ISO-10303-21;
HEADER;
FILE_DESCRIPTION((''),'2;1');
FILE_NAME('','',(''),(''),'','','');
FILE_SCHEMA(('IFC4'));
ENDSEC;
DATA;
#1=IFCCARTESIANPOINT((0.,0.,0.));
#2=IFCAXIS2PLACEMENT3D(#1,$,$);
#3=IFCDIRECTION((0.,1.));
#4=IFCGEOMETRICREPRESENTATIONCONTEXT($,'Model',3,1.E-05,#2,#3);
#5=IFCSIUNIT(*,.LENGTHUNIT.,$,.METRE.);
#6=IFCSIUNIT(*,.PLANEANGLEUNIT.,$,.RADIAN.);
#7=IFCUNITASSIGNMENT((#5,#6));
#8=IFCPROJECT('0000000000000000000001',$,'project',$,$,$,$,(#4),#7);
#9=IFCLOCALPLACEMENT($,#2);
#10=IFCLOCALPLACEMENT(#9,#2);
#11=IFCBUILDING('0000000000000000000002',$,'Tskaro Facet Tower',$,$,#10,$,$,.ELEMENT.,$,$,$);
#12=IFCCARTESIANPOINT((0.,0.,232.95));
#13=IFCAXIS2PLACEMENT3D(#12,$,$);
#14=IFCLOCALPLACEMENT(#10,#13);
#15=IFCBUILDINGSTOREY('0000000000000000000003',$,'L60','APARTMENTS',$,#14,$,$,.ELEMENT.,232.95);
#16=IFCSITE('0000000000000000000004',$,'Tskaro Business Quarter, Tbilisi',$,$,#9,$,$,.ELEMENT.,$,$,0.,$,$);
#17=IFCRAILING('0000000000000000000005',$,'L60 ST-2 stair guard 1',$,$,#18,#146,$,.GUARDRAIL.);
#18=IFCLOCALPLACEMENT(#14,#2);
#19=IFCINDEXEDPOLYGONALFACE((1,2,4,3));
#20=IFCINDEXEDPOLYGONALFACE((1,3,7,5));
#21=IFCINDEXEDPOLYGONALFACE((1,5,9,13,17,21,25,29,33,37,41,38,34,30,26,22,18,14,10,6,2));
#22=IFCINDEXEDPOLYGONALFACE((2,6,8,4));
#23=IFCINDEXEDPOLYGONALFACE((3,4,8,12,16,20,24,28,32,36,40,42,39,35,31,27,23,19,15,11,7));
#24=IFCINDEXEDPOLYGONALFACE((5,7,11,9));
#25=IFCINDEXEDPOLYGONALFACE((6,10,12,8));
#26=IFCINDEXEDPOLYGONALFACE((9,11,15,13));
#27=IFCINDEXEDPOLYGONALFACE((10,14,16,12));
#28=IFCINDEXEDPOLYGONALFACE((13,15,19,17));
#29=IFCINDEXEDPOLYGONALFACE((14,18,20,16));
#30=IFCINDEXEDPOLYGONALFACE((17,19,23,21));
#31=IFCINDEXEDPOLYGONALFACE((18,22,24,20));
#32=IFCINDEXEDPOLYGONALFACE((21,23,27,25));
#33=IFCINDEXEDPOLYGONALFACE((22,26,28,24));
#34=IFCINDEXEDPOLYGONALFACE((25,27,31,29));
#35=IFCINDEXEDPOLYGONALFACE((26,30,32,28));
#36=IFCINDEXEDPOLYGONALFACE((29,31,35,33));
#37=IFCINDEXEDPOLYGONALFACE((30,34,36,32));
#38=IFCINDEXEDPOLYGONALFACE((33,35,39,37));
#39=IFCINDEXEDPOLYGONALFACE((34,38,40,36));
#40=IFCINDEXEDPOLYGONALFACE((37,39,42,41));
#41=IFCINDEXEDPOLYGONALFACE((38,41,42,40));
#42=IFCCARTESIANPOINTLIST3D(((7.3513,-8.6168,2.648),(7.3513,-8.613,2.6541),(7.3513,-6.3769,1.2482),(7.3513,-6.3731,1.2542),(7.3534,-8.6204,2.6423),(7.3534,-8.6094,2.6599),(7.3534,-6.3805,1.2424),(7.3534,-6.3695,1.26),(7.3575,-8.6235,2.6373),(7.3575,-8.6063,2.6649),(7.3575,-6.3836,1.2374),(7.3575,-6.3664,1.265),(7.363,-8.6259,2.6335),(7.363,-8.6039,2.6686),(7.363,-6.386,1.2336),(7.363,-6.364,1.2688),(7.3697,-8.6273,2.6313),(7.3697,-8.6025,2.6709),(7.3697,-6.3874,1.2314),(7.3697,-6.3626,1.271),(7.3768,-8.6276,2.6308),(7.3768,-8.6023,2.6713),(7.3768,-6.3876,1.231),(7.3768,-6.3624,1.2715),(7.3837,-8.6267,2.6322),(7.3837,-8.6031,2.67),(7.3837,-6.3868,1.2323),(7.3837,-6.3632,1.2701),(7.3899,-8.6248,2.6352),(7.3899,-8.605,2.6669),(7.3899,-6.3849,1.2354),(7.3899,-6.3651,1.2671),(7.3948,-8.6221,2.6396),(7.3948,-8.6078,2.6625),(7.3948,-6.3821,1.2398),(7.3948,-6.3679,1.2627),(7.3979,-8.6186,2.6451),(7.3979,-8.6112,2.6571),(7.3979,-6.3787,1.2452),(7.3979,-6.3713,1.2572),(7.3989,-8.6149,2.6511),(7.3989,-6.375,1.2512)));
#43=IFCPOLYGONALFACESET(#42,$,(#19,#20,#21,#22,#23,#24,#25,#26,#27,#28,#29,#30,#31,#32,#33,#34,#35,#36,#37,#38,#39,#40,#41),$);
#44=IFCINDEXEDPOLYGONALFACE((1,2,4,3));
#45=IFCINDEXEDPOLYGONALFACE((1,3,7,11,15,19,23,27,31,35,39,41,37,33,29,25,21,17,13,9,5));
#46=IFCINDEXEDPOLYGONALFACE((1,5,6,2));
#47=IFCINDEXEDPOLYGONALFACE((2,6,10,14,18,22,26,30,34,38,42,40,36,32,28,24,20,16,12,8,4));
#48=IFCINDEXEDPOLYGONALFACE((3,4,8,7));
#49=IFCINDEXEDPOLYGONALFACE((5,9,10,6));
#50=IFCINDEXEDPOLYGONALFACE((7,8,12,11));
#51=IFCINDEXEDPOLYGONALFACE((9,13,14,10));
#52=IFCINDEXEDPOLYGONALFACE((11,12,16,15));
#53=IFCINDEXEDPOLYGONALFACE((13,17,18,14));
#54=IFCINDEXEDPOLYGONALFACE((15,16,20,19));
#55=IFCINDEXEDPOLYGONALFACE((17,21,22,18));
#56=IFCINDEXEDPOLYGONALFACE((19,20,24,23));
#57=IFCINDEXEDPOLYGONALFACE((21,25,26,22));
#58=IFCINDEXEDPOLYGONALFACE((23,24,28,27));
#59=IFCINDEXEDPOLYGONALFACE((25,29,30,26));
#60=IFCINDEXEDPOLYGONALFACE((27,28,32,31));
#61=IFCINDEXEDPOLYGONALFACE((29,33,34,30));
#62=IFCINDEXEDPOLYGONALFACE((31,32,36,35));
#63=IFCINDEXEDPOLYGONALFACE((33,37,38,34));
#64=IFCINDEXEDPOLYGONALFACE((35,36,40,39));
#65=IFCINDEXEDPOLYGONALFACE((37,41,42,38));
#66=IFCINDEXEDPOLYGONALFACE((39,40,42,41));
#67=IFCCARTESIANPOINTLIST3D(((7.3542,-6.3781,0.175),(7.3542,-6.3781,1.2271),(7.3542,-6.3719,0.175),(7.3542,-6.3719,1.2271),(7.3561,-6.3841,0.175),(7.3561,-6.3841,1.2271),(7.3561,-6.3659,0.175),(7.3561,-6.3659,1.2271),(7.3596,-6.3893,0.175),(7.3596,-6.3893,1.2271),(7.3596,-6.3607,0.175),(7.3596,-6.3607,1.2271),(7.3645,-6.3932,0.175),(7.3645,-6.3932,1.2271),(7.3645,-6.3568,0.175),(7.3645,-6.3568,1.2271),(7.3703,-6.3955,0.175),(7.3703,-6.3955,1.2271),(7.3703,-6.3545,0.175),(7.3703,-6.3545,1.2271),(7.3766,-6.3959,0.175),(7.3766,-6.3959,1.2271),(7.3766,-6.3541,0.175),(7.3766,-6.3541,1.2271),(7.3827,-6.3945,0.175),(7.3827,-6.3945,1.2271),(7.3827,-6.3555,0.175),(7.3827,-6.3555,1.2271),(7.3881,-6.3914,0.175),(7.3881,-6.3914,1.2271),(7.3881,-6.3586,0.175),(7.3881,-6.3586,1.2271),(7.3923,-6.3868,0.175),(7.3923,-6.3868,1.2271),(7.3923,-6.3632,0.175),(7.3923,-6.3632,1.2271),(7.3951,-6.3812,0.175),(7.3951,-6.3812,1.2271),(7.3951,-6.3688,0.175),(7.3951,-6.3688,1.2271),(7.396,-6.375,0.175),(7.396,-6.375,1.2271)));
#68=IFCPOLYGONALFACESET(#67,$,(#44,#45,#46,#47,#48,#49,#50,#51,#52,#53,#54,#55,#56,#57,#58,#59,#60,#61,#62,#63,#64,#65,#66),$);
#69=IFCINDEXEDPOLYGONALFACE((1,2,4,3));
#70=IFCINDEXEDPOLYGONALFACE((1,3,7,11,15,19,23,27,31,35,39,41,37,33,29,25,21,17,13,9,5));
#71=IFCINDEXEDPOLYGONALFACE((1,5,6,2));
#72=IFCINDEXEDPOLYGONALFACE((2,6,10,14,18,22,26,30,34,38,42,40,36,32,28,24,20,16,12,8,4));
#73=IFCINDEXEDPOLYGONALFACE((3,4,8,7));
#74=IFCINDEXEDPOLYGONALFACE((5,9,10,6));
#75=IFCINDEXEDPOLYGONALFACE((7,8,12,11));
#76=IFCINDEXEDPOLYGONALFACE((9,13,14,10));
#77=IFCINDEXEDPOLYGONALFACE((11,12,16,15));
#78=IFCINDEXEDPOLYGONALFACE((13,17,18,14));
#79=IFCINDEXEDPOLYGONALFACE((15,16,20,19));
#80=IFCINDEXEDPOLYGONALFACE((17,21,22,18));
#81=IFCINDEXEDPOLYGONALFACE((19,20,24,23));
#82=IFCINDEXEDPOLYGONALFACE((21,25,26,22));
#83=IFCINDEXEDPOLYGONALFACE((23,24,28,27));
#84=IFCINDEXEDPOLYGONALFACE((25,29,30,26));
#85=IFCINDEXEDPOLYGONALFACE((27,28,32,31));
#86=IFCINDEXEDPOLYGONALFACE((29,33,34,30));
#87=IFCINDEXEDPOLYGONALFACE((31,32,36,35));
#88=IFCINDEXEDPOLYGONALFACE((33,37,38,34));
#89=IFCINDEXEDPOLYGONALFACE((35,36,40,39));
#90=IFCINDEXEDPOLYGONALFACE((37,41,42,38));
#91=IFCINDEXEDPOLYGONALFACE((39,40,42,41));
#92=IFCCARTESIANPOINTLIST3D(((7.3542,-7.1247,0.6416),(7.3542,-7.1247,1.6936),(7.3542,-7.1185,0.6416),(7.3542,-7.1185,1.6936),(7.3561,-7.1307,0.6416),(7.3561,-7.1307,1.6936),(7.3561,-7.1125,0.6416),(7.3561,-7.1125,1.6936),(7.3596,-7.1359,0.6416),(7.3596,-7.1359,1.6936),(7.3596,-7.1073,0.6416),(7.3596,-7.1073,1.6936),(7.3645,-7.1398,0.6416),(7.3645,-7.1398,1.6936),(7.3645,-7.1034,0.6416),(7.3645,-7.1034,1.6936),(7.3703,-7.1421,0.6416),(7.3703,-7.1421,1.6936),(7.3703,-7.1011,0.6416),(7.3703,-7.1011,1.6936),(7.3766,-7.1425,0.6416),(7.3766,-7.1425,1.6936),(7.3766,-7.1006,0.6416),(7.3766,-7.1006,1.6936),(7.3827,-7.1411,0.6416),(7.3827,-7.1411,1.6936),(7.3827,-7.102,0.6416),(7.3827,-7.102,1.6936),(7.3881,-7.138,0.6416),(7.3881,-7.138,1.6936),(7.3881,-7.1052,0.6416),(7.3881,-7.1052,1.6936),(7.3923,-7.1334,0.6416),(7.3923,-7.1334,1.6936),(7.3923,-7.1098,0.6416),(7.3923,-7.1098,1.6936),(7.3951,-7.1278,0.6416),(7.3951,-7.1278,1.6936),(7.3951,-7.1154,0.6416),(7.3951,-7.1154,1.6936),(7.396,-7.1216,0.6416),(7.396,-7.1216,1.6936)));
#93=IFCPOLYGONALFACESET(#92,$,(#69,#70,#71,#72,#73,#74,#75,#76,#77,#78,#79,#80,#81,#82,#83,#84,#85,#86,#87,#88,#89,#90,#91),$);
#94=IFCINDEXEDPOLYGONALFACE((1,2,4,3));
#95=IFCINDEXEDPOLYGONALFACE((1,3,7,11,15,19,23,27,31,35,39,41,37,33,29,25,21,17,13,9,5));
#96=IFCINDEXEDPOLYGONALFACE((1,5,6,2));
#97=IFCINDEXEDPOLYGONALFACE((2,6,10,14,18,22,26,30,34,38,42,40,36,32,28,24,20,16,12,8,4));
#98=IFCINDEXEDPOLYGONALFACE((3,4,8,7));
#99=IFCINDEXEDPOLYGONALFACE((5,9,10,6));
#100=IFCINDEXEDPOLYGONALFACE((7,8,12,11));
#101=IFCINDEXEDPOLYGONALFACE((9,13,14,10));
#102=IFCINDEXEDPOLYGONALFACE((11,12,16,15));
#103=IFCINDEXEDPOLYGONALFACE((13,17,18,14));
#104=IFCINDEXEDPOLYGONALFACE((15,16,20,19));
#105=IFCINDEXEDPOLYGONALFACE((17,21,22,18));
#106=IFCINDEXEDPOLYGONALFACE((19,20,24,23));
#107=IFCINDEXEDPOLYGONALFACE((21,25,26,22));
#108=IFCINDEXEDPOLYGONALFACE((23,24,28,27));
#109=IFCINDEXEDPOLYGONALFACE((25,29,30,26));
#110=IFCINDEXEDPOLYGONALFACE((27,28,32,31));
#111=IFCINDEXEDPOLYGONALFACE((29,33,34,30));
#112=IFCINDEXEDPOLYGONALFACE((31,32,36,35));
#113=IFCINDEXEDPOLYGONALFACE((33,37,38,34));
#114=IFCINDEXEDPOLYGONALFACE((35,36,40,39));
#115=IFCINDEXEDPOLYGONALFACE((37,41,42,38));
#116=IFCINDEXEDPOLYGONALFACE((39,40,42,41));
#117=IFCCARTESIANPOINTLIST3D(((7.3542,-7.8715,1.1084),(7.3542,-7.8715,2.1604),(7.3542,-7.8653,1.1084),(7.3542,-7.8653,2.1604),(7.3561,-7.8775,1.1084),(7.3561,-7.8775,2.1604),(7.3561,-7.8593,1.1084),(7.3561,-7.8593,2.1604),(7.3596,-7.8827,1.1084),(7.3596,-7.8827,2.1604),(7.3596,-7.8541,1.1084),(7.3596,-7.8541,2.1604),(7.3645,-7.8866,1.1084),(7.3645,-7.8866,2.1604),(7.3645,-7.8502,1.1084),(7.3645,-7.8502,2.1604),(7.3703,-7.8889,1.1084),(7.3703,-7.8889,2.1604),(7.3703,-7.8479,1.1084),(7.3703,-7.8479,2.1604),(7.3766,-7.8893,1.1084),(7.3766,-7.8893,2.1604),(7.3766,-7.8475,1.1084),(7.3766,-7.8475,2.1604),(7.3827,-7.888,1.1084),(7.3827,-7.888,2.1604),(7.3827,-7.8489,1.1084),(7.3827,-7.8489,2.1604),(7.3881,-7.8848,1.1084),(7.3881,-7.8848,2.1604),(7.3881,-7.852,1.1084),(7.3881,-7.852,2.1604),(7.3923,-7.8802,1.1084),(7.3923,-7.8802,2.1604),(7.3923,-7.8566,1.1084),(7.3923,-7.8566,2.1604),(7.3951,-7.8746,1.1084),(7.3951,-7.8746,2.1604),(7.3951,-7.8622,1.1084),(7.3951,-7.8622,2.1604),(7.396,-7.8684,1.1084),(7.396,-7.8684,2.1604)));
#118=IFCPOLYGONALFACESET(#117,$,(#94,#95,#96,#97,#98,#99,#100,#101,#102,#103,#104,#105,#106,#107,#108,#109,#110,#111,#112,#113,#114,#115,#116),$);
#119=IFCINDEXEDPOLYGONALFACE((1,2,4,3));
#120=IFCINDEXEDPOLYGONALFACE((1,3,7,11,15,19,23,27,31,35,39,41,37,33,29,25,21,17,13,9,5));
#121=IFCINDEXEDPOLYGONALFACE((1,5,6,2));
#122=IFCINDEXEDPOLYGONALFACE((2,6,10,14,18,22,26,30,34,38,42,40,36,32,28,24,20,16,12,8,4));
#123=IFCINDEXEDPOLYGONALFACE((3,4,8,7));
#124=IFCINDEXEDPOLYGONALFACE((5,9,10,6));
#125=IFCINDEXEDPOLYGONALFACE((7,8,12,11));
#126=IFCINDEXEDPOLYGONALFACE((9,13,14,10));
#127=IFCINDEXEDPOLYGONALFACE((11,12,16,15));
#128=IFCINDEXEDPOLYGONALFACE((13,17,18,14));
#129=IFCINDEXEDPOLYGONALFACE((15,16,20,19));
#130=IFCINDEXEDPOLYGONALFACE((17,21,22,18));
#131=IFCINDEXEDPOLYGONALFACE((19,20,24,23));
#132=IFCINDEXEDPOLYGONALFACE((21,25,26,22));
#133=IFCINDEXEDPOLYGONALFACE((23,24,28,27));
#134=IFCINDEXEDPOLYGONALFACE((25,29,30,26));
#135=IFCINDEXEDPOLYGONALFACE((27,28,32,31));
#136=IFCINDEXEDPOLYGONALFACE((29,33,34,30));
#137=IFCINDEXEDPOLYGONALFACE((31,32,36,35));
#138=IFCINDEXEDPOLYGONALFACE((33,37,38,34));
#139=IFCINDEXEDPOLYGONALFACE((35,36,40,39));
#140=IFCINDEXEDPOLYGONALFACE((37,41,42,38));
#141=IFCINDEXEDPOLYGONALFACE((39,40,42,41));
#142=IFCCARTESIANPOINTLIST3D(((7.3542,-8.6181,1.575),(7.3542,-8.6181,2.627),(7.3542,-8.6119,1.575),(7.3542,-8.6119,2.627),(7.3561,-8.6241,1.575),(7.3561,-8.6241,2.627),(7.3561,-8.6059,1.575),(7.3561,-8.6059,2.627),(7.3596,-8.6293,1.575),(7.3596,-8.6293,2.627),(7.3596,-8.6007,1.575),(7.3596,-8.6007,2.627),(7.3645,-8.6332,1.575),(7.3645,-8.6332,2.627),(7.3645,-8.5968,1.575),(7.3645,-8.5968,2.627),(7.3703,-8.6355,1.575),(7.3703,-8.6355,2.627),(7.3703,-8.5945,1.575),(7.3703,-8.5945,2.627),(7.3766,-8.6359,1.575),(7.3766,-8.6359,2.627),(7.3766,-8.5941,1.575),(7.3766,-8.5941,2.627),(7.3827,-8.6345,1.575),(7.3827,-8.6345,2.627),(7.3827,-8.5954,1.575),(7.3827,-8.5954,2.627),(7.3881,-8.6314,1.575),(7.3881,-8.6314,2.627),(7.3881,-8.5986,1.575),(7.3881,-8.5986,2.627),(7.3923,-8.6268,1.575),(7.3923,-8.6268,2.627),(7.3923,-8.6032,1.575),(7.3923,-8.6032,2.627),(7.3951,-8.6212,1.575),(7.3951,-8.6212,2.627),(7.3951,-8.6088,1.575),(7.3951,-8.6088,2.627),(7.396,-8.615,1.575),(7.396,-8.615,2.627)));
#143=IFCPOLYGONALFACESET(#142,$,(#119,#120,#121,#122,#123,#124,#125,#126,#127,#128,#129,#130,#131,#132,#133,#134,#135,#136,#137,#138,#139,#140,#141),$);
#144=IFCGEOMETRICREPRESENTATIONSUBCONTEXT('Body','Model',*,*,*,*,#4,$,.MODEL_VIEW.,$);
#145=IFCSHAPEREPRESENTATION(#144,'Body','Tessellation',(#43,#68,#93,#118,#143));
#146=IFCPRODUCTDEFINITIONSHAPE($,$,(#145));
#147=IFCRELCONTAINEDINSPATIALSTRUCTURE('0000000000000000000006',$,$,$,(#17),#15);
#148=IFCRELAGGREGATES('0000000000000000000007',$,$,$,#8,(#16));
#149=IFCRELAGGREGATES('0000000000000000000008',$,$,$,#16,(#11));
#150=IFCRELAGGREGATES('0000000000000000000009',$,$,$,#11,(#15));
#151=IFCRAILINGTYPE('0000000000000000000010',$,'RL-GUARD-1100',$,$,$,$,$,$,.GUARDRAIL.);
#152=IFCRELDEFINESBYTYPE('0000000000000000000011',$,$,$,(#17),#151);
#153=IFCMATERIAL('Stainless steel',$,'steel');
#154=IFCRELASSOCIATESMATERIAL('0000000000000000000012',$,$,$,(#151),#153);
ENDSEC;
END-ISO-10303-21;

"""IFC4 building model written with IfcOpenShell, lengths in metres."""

from ifc_helpers import new_model, si_unit, direction, frame, origin, origin_2d, place, context, subcontext, project, spatial, circle, extrude, material, type_object, element, save


model = new_model("IFC4")

# Units and contexts
model_context = context("Model", 3, precision=1e-05, world=origin(), true_north=direction((0.0, 1.0)))
body_context = subcontext(model_context, "Body", "Model", "MODEL_VIEW")
ifc_project = project(units=[si_unit("LENGTHUNIT", "METRE"), si_unit("PLANEANGLEUNIT", "RADIAN")], contexts=[model_context])

# Site, building, storey
site_placement = place(None, origin())
site = spatial("IfcSite", under=ifc_project, at=site_placement, Name="Tskaro Business Quarter, Tbilisi", CompositionType="ELEMENT", RefElevation=0.0)
building_placement = place(site_placement, origin())
building = spatial("IfcBuilding", under=site, at=building_placement, Name="Tskaro Facet Tower", CompositionType="ELEMENT")
storey_placement = place(building_placement, frame((0.0, 0.0, 232.95)))
storey = spatial("IfcBuildingStorey", under=building, at=storey_placement, Name="L60", Description="APARTMENTS", CompositionType="ELEMENT", Elevation=232.95)

# Shared definitions
ifc_material_1 = material(Name="Stainless steel", Category="steel")

# Railing
railing_type_1 = type_object("IfcRailingType", Name="RL-GUARD-1100", PredefinedType="GUARDRAIL", material=ifc_material_1)
railing_1_placement = place(storey_placement, frame((7.375, -6.375, 0.175)))
element("IfcRailing", 1, at=railing_1_placement, inside=storey, type_object=railing_type_1, Name="L60 ST-2 stair guard 1", PredefinedType="GUARDRAIL", context=body_context, shape_type="SweptSolid", body=[
    extrude(circle(Radius=0.0239, at=origin_2d()), frame((0.0, 0.0, 1.0762), z_axis=(0.0, -0.848014, 0.529974), x_axis=(1.0, 0.0, 0.0)), (0.0, 0.0, 1.0), 2.6414),
    extrude(circle(Radius=0.021, at=origin_2d()), origin(), (0.0, 0.0, 1.0), 1.052),
    extrude(circle(Radius=0.021, at=origin_2d()), frame((0.0, -0.7466, 0.4666)), (0.0, 0.0, 1.0), 1.052),
    extrude(circle(Radius=0.021, at=origin_2d()), frame((0.0, -1.4934, 0.9333)), (0.0, 0.0, 1.0), 1.052),
    extrude(circle(Radius=0.021, at=origin_2d()), frame((0.0, -2.24, 1.3999)), (0.0, 0.0, 1.0), 1.052),
])

save(model, "model.ifc")
